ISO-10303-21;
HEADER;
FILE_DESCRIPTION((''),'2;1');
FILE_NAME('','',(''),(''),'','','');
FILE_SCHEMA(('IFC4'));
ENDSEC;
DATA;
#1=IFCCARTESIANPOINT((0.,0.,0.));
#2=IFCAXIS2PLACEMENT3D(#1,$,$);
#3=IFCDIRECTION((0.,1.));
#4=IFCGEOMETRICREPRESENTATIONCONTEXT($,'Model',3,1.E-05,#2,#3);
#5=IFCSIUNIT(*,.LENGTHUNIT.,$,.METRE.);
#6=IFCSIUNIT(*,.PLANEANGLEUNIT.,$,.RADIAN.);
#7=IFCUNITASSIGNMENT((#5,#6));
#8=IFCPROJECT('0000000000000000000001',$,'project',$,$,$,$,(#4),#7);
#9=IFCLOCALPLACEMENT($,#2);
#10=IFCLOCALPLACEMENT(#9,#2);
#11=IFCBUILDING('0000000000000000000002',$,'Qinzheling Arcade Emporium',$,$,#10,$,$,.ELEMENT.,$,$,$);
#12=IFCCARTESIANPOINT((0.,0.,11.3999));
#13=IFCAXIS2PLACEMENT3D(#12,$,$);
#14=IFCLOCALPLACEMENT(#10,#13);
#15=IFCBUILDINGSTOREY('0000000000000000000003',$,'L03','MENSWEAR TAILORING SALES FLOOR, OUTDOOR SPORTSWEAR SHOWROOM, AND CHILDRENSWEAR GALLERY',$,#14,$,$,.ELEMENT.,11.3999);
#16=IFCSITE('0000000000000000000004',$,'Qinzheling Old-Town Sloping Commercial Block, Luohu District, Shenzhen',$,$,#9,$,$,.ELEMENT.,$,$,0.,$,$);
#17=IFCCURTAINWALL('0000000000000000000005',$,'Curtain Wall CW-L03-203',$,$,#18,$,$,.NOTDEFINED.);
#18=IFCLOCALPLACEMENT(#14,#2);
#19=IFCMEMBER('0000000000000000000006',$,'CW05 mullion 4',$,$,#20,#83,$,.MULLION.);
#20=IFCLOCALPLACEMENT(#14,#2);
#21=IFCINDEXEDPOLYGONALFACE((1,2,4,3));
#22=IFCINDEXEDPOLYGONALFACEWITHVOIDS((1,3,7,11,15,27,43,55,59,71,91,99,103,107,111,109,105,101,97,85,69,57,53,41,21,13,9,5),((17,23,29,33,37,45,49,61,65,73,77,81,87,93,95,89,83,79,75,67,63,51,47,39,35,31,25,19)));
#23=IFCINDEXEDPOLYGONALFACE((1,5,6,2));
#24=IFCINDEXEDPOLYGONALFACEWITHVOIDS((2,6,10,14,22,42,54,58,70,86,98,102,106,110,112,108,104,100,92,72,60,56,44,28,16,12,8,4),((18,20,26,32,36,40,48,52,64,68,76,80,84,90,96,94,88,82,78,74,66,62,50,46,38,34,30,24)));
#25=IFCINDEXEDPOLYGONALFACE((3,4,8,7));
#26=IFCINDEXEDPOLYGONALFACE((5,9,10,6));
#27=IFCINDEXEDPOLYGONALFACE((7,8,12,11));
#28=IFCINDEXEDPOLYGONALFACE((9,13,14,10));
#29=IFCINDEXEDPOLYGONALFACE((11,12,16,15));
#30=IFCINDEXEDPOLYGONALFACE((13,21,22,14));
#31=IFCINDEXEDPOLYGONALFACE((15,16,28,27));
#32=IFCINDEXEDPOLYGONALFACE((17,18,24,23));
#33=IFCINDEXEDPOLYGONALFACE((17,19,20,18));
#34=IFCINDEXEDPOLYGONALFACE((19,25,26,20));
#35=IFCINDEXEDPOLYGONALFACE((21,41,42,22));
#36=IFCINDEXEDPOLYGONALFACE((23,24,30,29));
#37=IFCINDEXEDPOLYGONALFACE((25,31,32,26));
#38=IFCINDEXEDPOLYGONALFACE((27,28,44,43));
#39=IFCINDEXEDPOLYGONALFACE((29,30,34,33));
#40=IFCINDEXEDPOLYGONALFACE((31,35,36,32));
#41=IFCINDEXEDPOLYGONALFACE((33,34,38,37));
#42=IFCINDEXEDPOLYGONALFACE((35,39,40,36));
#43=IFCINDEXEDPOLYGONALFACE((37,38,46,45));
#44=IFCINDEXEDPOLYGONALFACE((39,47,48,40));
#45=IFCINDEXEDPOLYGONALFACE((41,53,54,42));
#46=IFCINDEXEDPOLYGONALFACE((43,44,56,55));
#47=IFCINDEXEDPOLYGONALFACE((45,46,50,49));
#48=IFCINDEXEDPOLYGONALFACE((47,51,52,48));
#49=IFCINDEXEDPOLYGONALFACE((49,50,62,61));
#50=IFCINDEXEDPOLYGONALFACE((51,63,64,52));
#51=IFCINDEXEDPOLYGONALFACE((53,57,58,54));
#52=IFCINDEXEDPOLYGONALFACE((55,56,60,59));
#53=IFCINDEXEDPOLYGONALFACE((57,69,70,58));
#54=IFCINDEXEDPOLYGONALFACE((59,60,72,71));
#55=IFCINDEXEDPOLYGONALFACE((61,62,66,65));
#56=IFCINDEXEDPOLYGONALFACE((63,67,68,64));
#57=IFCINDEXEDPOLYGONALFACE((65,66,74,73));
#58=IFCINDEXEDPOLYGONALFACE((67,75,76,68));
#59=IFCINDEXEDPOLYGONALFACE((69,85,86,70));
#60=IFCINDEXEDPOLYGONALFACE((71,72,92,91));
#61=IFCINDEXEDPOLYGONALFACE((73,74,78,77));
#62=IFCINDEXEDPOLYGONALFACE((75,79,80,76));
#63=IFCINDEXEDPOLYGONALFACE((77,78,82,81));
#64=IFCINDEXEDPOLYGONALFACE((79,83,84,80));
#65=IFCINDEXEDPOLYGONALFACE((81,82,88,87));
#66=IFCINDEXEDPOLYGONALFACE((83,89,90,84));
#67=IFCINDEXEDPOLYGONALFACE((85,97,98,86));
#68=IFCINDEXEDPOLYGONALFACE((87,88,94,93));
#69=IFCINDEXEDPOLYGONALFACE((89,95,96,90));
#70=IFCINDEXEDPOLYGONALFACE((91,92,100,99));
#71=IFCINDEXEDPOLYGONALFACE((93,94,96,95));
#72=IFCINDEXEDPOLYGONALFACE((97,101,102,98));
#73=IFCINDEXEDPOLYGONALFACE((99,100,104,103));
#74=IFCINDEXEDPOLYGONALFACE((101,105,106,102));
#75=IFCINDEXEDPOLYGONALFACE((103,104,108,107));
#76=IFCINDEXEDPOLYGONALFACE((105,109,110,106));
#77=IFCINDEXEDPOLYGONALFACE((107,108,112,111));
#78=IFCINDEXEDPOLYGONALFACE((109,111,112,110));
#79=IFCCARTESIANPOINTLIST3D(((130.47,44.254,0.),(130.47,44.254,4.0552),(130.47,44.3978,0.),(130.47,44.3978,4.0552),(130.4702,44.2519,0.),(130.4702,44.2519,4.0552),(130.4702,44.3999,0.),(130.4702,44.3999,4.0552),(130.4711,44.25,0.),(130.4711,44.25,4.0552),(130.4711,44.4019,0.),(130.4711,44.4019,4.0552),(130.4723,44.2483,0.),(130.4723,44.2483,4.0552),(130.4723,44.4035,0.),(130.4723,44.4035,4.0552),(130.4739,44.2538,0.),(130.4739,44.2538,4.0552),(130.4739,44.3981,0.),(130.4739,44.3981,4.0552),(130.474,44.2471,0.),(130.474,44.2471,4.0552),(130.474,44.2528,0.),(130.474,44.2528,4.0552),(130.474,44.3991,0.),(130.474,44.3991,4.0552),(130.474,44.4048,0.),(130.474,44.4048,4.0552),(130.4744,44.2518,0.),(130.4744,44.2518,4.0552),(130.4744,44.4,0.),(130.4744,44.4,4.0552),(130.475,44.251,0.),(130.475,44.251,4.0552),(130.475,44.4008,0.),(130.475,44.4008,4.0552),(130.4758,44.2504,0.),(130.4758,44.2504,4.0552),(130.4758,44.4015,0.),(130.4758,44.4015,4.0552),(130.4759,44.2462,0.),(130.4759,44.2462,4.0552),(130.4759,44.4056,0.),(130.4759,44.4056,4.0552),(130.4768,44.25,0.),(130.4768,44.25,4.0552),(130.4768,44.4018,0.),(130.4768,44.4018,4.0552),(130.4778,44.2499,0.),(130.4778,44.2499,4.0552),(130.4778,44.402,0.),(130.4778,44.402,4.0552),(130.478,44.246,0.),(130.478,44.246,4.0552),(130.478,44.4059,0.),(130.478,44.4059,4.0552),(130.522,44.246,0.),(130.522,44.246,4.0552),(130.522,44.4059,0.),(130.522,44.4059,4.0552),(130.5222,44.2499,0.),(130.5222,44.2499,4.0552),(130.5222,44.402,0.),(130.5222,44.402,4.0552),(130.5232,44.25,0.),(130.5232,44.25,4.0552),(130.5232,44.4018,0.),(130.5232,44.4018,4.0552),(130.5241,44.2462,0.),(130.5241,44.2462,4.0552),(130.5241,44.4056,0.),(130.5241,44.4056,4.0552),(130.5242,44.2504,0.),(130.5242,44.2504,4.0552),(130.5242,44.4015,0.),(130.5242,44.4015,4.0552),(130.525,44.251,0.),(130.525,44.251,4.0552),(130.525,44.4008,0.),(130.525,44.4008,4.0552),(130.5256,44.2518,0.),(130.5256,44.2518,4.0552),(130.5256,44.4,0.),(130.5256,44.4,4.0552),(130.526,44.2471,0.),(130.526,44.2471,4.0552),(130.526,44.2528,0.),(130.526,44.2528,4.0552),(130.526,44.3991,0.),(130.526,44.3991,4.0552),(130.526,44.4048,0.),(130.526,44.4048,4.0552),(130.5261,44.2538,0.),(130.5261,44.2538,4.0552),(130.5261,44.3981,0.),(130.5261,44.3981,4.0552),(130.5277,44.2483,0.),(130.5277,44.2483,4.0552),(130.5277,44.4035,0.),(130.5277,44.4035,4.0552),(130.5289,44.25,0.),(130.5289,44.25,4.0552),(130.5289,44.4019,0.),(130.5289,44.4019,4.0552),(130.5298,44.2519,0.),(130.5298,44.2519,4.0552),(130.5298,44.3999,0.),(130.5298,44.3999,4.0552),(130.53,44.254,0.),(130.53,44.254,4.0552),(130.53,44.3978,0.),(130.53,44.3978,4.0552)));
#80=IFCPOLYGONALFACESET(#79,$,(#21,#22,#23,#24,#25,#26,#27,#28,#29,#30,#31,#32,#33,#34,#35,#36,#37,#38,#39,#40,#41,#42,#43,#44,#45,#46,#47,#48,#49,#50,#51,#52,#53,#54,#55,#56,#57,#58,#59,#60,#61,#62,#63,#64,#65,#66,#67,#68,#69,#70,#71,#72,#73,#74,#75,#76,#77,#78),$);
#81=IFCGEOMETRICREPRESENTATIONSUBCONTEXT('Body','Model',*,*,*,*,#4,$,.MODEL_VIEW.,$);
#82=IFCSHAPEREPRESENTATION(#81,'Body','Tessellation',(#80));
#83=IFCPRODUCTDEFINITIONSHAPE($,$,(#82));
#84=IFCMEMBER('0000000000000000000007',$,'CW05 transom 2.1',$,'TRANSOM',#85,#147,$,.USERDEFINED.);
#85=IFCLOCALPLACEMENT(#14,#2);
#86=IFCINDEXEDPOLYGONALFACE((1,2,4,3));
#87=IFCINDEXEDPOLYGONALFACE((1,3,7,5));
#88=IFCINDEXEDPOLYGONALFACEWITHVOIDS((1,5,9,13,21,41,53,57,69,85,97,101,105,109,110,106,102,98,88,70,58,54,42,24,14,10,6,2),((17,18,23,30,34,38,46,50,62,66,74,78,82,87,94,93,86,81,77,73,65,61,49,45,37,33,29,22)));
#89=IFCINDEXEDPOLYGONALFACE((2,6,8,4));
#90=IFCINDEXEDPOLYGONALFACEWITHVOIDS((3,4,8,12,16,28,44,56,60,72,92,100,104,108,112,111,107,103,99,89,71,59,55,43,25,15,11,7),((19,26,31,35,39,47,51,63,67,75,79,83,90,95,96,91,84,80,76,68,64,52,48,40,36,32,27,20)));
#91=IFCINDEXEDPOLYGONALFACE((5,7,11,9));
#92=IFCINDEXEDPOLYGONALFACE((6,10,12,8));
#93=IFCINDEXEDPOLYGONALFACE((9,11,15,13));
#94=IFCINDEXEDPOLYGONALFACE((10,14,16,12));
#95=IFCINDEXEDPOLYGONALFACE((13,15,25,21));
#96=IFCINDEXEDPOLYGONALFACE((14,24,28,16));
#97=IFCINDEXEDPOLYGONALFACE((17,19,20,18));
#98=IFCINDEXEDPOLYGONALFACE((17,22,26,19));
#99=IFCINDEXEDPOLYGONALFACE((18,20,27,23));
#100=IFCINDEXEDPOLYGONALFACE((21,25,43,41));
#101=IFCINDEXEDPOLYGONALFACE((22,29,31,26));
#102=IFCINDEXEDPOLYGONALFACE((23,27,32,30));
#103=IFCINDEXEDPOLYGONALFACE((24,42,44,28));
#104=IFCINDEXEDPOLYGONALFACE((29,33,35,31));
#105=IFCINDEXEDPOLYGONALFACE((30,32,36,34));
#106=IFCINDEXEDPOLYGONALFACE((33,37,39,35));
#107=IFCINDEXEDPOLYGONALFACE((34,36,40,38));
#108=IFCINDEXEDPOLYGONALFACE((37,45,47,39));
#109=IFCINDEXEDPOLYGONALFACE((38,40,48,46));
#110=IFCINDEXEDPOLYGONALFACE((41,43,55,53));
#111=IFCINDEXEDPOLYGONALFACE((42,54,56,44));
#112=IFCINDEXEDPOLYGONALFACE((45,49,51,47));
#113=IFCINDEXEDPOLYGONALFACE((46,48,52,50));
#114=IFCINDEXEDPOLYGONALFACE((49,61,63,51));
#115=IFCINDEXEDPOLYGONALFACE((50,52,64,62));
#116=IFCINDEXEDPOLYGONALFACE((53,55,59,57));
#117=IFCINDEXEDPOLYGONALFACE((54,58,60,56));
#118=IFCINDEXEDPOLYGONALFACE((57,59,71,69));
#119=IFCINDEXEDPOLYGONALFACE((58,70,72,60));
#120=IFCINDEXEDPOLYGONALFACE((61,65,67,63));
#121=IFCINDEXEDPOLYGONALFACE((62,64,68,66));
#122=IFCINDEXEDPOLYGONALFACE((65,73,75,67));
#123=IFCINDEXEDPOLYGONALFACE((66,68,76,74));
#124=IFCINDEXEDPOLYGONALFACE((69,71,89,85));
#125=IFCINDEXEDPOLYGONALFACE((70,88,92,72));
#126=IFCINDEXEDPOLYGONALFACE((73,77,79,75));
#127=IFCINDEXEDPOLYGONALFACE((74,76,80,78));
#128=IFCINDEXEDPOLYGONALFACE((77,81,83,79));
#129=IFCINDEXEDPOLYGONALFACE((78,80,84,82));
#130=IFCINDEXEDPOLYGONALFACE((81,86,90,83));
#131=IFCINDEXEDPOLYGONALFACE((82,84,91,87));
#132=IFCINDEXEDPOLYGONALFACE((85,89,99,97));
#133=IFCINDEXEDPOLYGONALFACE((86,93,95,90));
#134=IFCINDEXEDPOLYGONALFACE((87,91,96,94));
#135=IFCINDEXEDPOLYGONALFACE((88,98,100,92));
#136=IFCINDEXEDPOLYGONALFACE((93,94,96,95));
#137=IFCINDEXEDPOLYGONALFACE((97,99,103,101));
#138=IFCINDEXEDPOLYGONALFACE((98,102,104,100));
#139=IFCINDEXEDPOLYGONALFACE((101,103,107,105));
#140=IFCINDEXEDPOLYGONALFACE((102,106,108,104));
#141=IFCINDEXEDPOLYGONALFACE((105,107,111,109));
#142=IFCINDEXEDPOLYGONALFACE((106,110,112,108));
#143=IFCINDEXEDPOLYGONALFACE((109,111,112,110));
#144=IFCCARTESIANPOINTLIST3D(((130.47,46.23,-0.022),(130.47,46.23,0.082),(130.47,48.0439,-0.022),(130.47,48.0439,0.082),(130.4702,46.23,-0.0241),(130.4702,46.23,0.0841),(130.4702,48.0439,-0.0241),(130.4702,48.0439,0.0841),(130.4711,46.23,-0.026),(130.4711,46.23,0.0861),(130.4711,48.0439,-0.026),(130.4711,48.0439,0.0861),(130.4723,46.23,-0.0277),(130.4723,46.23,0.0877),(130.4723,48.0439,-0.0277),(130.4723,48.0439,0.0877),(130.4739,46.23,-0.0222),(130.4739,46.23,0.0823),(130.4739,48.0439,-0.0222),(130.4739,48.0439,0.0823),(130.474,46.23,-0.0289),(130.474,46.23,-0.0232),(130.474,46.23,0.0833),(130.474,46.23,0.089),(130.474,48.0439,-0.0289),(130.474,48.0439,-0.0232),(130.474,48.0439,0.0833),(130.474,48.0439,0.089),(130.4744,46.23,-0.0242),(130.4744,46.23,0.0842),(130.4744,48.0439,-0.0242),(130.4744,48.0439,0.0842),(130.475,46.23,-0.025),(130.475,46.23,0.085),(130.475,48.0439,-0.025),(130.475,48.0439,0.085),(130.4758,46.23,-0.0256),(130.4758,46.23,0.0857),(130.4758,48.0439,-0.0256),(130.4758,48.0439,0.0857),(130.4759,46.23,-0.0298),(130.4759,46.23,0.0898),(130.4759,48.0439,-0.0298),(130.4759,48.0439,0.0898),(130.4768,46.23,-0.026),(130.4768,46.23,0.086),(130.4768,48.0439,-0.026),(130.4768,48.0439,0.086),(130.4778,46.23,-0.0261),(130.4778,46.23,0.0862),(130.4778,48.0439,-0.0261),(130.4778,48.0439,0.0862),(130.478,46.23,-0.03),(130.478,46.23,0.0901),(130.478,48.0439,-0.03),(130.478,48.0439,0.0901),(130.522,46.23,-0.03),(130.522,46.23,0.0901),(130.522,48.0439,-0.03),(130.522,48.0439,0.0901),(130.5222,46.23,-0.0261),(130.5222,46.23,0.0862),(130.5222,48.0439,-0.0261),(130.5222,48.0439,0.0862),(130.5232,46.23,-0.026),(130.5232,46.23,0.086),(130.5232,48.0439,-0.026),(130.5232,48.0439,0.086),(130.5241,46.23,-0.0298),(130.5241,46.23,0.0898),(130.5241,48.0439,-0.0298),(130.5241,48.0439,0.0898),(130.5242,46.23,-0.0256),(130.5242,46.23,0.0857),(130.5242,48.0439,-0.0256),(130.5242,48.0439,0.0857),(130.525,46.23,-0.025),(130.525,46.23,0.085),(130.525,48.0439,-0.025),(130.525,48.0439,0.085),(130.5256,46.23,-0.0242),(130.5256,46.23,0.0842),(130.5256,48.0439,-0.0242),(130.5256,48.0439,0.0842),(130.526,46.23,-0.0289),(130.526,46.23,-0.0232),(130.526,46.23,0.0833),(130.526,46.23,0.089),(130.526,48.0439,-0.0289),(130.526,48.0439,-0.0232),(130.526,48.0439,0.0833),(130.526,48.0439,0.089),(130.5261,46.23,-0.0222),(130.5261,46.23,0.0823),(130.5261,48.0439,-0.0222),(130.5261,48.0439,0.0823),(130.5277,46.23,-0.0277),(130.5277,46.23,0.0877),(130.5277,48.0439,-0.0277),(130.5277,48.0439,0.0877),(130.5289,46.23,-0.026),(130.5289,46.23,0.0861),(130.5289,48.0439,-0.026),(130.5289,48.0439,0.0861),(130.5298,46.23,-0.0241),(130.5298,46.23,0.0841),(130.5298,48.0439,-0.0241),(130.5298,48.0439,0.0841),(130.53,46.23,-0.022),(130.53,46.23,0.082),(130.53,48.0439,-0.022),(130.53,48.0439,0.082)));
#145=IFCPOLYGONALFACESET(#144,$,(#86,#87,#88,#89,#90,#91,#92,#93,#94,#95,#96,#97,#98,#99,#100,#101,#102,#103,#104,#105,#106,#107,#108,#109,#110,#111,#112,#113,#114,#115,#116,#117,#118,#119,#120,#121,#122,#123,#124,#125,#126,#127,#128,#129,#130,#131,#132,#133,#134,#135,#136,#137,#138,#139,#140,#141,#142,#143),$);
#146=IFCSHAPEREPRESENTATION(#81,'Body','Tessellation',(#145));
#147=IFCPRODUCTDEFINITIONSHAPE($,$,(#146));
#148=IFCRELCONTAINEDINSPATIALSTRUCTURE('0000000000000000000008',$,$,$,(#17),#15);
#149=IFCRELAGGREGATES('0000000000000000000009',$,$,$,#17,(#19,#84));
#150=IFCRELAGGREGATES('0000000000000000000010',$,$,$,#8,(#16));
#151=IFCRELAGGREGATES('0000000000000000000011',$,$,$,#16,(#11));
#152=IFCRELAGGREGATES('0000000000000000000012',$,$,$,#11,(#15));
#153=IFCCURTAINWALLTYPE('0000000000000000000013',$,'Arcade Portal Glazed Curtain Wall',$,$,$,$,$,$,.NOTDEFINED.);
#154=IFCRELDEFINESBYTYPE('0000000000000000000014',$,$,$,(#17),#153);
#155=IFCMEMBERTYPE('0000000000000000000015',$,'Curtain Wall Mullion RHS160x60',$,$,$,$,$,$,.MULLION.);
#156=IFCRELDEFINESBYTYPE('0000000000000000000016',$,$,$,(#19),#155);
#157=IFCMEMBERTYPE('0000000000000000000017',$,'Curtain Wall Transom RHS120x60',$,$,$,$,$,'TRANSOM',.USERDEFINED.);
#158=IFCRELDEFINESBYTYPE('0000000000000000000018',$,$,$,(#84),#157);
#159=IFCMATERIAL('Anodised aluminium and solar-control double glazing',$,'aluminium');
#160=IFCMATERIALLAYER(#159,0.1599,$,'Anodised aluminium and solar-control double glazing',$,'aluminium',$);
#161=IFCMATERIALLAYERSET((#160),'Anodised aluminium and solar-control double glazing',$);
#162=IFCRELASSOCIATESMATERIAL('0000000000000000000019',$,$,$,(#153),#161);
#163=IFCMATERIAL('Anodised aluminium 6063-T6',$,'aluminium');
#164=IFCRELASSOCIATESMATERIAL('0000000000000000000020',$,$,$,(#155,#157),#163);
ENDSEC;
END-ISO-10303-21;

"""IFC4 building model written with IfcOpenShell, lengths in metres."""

from ifc_helpers import new_model, si_unit, direction, frame, origin, origin_2d, place, context, subcontext, project, spatial, hollow_rectangle, extrude, material, layer, layer_set, material_profile, profile_set, type_object, element, aggregate, save


model = new_model("IFC4")

# Units and contexts
model_context = context("Model", 3, precision=1e-05, world=origin(), true_north=direction((0.0, 1.0)))
body_context = subcontext(model_context, "Body", "Model", "MODEL_VIEW")
ifc_project = project(units=[si_unit("LENGTHUNIT", "METRE"), si_unit("PLANEANGLEUNIT", "RADIAN")], contexts=[model_context])

# Site, building, storey
site_placement = place(None, origin())
site = spatial("IfcSite", under=ifc_project, at=site_placement, Name="Qinzheling Old-Town Sloping Commercial Block, Luohu District, Shenzhen", CompositionType="ELEMENT", RefElevation=0.0)
building_placement = place(site_placement, origin())
building = spatial("IfcBuilding", under=site, at=building_placement, Name="Qinzheling Arcade Emporium", CompositionType="ELEMENT")
storey_placement = place(building_placement, frame((0.0, 0.0, 11.3999)))
storey = spatial("IfcBuildingStorey", under=building, at=storey_placement, Name="L03", Description="MENSWEAR TAILORING SALES FLOOR, OUTDOOR SPORTSWEAR SHOWROOM, AND CHILDRENSWEAR GALLERY", CompositionType="ELEMENT", Elevation=11.3999)

# Curtain wall, members
ifc_material_1 = material(Name="Anodised aluminium and solar-control double glazing", Category="aluminium")
ifc_layer_1 = layer(ifc_material_1, 0.1599, Name="Anodised aluminium and solar-control double glazing", Category="aluminium")
ifc_layer_set_1 = layer_set([ifc_layer_1], Name="Anodised aluminium and solar-control double glazing")
curtain_wall_type = type_object("IfcCurtainWallType", Name="Arcade Portal Glazed Curtain Wall", PredefinedType="NOTDEFINED", material=ifc_layer_set_1)
curtain_wall_placement = place(storey_placement, origin())
curtain_wall = element("IfcCurtainWall", 1, at=curtain_wall_placement, inside=storey, type_object=curtain_wall_type, Name="Curtain Wall CW-L03-203", PredefinedType="NOTDEFINED")
ifc_material_2 = material(Name="Anodised aluminium 6063-T6", Category="aluminium")
ifc_material_profile_1 = material_profile(ifc_material_2, hollow_rectangle(XDim=0.0601, YDim=0.1599, WallThickness=0.0039, InnerFilletRadius=0.0039, OuterFilletRadius=0.0081, at=origin_2d()), Name="RHS 160x60x4", Category="aluminium")
ifc_profile_set_1 = profile_set([ifc_material_profile_1], Name="Anodised aluminium 6063-T6")
member_type_1 = type_object("IfcMemberType", Name="Curtain Wall Mullion RHS160x60", PredefinedType="MULLION", material=ifc_profile_set_1)
member_1_placement = place(storey_placement, frame((130.5, 44.3259, 0.0), z_axis=(0.0, 0.0, 1.0), x_axis=(1.0, 0.0, 0.0)))
member_1 = element("IfcMember", 2, at=member_1_placement, type_object=member_type_1, Name="CW05 mullion 4", PredefinedType="MULLION", context=body_context, shape_type="SweptSolid", body=[
    extrude(hollow_rectangle(XDim=0.0601, YDim=0.1599, WallThickness=0.0039, InnerFilletRadius=0.0039, OuterFilletRadius=0.0081, at=origin_2d()), origin(), (0.0, 0.0, 1.0), 4.0552),
])
ifc_material_profile_2 = material_profile(ifc_material_2, hollow_rectangle(XDim=0.0601, YDim=0.1201, WallThickness=0.0039, InnerFilletRadius=0.0039, OuterFilletRadius=0.0081, at=origin_2d()), Name="RHS 120x60x4", Category="aluminium")
ifc_profile_set_2 = profile_set([ifc_material_profile_2], Name="Anodised aluminium 6063-T6")
member_type_2 = type_object("IfcMemberType", Name="Curtain Wall Transom RHS120x60", ElementType="TRANSOM", PredefinedType="USERDEFINED", material=ifc_profile_set_2)
member_2_placement = place(storey_placement, frame((130.5, 48.0439, 0.03), z_axis=(0.0, -1.0, 0.0), x_axis=(1.0, 0.0, 0.0)))
member_2 = element("IfcMember", 3, at=member_2_placement, type_object=member_type_2, Name="CW05 transom 2.1", ObjectType="TRANSOM", PredefinedType="USERDEFINED", context=body_context, shape_type="SweptSolid", body=[
    extrude(hollow_rectangle(XDim=0.0601, YDim=0.1201, WallThickness=0.0039, InnerFilletRadius=0.0039, OuterFilletRadius=0.0081, at=origin_2d()), origin(), (0.0, 0.0, 1.0), 1.814),
])
aggregate(curtain_wall, [member_1, member_2])

save(model, "model.ifc")
